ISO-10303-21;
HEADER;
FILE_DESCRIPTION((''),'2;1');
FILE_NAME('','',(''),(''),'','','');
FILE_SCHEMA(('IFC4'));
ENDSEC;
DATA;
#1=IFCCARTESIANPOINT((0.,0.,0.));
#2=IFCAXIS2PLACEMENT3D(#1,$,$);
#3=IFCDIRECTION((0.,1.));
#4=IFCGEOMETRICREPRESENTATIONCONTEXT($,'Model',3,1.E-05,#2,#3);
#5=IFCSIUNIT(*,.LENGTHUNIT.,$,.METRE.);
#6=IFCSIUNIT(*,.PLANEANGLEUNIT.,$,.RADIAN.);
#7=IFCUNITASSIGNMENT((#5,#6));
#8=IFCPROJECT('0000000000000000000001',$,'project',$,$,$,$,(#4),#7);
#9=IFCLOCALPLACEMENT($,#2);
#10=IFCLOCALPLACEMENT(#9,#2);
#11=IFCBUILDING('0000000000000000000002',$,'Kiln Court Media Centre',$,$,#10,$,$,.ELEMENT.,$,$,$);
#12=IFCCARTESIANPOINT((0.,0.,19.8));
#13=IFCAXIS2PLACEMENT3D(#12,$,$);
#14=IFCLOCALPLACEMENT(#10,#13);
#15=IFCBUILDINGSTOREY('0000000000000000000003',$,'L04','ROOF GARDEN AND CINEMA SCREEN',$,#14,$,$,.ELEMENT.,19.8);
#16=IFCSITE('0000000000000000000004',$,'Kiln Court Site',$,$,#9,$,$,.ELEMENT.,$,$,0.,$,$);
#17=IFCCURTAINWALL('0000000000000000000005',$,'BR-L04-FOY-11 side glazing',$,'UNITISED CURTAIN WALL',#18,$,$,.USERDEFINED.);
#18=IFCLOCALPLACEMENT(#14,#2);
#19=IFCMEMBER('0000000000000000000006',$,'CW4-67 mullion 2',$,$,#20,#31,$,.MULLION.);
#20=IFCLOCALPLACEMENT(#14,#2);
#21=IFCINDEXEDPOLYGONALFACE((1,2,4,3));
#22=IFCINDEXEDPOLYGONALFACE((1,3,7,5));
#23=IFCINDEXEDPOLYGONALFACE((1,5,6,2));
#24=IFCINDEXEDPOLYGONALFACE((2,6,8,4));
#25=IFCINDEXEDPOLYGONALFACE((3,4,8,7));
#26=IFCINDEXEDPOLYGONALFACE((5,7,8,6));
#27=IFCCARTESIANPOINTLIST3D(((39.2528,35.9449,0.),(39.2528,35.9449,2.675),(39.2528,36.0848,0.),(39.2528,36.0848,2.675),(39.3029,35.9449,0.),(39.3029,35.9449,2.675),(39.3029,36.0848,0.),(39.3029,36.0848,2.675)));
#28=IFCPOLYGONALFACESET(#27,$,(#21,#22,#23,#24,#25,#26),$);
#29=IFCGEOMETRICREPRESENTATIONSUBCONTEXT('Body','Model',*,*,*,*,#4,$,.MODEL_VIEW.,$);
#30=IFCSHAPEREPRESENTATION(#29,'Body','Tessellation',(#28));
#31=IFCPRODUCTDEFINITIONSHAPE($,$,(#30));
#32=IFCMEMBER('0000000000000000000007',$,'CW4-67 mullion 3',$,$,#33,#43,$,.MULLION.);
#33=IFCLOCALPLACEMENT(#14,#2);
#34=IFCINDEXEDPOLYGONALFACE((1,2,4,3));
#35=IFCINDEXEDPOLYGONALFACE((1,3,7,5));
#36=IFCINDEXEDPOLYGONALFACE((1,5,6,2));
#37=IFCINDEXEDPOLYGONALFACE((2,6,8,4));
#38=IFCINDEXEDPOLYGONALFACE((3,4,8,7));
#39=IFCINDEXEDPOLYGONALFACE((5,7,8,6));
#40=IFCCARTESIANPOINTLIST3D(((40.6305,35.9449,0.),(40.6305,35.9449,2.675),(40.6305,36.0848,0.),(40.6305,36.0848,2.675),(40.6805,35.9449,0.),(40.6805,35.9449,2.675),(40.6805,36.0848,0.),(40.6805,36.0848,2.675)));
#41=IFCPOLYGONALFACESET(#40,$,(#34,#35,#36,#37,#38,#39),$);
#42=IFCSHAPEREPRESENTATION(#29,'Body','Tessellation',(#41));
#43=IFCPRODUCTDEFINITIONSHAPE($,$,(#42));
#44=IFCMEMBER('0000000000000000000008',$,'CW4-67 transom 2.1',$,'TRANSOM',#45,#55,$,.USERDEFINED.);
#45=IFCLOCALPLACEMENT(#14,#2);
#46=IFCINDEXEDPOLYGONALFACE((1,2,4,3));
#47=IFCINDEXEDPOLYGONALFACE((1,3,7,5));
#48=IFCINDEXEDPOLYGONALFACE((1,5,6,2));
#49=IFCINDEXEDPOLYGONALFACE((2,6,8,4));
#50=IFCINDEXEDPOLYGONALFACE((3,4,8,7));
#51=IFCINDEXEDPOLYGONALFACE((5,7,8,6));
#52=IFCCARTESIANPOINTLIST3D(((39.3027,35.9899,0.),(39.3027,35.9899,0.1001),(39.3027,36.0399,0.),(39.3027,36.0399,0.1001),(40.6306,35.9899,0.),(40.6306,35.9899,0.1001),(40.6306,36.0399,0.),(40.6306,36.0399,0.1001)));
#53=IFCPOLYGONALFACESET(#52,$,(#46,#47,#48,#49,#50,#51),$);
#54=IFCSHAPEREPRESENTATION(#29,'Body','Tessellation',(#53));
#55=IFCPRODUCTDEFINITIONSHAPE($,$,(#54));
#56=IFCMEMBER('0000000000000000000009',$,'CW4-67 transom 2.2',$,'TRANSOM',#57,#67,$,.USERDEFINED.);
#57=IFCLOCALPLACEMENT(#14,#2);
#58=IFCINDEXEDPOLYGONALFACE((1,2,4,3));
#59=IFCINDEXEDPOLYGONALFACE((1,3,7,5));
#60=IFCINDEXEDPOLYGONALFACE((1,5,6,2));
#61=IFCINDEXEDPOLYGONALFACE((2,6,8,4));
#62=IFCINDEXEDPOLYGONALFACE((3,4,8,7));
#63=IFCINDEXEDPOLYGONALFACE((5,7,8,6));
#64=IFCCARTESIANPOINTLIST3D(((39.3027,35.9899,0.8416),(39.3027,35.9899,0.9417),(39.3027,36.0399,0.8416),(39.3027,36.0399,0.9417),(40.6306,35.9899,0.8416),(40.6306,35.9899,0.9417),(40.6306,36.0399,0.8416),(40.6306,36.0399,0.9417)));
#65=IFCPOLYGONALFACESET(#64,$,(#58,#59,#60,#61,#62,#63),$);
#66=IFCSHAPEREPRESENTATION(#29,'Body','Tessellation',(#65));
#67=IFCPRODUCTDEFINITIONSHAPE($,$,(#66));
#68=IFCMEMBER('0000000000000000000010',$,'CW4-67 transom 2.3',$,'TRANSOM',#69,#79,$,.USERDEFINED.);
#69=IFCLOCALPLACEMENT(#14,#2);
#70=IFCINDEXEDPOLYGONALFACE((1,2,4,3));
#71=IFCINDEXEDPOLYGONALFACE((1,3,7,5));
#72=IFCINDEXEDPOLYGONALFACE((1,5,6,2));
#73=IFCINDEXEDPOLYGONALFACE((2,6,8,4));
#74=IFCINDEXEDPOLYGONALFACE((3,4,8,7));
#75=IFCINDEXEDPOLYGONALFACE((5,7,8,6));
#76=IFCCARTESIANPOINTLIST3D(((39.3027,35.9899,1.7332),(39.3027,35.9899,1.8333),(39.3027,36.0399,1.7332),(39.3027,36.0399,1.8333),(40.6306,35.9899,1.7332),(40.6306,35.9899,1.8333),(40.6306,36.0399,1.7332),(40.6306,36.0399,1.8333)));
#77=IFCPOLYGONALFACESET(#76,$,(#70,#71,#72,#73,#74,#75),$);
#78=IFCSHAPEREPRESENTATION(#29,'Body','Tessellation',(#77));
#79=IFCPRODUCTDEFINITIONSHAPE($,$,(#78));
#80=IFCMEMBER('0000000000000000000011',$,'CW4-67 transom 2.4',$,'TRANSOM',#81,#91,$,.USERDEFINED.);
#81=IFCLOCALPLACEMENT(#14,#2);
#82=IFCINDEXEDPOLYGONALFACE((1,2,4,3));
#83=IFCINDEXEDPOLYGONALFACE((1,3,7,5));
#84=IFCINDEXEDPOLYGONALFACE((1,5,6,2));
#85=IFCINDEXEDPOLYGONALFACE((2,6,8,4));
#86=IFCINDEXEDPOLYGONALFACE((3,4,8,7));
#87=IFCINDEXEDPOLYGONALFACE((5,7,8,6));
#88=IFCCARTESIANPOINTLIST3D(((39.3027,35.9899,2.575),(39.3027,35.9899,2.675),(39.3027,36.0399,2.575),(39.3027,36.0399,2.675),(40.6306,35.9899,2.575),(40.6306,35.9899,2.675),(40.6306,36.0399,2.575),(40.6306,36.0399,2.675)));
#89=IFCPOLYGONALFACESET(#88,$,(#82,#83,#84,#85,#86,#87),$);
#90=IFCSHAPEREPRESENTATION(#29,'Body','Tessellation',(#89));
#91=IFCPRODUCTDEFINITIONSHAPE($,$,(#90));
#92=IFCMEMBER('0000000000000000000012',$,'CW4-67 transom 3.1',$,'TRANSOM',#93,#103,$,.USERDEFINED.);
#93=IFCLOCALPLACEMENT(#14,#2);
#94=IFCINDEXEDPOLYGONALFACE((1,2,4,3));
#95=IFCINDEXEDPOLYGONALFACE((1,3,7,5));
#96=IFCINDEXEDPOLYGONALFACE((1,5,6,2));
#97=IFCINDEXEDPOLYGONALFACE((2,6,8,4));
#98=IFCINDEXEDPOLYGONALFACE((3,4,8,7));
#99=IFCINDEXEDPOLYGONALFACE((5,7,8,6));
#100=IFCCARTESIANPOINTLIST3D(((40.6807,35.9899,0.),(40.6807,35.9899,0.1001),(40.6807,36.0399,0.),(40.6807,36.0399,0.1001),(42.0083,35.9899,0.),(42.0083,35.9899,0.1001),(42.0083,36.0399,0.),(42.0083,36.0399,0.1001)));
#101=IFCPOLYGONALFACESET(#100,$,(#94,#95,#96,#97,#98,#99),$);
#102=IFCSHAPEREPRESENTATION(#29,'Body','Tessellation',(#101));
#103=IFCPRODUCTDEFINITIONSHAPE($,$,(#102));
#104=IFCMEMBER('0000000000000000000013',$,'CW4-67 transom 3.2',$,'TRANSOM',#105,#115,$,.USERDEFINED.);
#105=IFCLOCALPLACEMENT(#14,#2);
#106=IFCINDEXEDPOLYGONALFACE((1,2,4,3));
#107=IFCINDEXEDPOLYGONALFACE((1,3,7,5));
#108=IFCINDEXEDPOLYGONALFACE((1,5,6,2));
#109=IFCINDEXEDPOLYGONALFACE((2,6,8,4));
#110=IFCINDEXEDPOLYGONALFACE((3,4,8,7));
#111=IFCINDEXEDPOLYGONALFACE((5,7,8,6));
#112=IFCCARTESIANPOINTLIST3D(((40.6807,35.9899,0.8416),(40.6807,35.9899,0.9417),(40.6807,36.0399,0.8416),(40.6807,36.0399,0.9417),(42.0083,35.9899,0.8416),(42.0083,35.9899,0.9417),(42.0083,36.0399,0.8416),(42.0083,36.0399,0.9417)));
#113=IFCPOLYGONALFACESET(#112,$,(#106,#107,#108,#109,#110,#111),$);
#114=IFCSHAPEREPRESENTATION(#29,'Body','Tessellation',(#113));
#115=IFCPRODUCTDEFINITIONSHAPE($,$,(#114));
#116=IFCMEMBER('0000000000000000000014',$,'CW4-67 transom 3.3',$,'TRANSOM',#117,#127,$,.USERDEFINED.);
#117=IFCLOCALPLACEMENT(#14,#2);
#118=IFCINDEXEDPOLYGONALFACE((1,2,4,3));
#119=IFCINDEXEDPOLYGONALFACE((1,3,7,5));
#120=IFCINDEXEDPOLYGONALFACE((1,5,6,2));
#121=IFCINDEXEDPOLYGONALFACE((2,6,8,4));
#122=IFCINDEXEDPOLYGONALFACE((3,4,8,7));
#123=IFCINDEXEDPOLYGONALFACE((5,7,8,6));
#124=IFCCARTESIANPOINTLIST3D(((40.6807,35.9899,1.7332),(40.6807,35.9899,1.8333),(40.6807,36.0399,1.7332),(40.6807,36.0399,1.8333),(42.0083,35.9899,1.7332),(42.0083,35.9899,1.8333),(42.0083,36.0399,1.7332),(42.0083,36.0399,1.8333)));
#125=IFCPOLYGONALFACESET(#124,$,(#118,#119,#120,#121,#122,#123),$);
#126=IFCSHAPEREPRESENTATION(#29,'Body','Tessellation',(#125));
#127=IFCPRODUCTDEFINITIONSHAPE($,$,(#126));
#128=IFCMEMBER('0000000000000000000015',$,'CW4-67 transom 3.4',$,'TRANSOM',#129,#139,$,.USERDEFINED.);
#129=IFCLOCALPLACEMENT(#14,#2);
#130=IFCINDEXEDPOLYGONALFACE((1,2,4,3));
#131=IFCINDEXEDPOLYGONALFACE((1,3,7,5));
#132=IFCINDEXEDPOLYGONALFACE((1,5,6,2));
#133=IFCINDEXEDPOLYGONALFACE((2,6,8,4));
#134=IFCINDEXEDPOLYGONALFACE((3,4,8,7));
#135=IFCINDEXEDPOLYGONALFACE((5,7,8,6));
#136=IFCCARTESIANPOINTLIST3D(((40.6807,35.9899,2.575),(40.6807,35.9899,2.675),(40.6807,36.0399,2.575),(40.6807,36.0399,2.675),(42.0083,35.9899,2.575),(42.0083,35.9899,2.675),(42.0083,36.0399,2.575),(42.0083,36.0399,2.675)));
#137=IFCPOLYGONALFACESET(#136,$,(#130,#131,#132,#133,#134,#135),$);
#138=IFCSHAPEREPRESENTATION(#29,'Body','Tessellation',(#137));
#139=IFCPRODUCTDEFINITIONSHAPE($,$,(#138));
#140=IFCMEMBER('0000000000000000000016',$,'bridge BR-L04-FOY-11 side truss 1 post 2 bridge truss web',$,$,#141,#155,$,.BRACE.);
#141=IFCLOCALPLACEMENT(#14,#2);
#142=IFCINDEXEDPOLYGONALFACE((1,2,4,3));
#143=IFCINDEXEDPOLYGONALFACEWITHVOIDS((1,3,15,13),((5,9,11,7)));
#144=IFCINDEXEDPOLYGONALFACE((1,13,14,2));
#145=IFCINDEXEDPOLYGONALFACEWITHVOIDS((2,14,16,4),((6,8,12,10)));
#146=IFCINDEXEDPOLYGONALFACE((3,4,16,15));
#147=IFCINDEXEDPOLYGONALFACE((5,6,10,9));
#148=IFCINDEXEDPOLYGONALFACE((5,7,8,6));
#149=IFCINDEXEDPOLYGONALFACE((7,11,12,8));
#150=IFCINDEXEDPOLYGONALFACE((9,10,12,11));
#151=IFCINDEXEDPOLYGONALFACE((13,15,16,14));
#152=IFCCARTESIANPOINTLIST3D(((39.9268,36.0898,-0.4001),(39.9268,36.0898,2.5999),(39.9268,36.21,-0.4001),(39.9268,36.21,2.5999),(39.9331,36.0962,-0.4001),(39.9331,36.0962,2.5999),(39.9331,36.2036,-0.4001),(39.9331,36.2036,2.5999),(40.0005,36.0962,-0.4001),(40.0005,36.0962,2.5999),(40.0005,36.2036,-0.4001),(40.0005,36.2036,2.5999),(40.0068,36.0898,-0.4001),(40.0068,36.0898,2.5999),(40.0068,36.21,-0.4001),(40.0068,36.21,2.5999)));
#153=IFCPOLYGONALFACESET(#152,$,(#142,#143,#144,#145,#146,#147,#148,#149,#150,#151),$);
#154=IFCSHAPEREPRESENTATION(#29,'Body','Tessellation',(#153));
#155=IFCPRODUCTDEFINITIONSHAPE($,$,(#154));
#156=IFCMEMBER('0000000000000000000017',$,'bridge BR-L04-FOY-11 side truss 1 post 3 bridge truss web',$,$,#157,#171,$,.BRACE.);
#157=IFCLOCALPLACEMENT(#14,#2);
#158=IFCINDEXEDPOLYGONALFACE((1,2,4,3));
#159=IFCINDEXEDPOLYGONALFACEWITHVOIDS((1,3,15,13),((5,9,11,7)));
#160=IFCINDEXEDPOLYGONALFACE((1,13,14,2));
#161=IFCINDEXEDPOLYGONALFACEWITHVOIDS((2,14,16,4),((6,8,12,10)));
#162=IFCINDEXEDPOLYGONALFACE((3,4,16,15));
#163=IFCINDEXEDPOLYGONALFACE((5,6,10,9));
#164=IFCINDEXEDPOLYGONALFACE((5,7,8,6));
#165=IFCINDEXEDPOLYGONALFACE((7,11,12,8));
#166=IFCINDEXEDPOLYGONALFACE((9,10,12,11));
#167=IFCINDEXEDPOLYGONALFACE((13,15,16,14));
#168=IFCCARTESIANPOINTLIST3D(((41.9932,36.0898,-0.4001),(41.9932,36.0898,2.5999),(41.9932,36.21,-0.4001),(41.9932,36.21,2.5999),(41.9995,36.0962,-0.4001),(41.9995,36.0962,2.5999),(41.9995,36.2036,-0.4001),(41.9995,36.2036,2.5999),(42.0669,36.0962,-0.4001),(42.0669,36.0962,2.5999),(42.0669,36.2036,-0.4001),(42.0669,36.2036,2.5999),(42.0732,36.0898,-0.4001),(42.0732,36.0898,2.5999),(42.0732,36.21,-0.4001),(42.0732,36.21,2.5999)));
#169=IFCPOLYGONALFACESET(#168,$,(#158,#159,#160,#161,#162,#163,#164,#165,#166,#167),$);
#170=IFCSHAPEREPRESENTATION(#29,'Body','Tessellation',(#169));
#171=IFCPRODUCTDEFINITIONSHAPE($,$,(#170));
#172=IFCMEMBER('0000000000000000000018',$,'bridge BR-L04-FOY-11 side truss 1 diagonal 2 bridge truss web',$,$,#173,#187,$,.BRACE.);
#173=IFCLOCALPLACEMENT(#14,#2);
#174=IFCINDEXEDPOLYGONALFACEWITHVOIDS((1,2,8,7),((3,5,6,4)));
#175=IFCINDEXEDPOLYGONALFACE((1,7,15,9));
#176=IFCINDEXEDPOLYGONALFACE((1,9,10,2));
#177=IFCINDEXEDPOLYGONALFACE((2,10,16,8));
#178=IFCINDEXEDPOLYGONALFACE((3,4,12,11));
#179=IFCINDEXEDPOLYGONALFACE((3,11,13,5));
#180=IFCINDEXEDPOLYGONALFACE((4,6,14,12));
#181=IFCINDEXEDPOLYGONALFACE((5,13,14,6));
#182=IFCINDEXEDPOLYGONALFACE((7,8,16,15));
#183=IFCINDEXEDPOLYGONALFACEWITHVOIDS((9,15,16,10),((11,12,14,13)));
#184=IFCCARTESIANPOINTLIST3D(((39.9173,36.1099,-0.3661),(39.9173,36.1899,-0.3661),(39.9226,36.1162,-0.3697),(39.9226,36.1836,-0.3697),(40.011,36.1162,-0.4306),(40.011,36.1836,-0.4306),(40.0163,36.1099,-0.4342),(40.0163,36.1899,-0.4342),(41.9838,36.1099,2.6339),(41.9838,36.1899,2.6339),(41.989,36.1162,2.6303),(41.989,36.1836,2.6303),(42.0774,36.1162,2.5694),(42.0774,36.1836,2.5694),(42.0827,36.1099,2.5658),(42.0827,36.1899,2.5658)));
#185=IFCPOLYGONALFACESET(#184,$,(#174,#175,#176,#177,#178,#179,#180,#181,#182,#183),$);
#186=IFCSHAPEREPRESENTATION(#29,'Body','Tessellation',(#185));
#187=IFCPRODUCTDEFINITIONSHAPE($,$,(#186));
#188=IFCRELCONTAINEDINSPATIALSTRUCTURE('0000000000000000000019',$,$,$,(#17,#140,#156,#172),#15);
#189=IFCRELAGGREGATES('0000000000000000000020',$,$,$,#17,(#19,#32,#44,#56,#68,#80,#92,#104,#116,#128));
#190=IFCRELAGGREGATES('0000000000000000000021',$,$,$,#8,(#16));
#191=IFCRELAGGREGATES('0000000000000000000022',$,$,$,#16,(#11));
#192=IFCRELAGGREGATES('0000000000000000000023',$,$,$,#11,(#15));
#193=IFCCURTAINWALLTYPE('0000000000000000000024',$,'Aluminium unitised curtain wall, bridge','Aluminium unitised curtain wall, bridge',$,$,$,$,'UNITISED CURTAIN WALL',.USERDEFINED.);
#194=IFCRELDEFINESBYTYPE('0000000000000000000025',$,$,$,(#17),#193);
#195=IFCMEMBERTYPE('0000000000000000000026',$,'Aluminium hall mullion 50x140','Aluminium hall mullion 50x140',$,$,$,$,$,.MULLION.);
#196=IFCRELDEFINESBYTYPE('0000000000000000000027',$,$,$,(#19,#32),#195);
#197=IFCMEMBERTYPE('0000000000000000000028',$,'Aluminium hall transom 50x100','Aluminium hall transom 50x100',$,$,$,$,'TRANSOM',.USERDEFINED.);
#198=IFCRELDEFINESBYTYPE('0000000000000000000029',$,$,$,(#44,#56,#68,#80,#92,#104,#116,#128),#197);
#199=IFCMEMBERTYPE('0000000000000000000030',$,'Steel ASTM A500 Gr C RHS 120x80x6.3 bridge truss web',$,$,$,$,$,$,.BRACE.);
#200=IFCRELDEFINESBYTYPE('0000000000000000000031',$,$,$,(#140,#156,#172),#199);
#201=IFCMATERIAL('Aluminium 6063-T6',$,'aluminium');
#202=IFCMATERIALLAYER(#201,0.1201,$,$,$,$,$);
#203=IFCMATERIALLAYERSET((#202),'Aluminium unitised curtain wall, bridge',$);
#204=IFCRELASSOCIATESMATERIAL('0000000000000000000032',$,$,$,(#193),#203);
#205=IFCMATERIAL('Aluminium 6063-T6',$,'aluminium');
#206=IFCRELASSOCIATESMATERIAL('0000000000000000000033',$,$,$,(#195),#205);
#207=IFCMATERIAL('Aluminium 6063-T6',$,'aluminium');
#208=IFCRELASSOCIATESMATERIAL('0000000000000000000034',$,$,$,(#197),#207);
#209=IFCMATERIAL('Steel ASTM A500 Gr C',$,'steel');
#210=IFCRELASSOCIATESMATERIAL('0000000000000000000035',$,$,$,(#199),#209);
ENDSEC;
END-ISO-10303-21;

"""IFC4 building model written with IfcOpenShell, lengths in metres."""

from ifc_helpers import new_model, si_unit, direction, frame, origin, origin_2d, place, context, subcontext, project, spatial, rectangle, hollow_rectangle, extrude, material, layer, layer_set, material_profile, profile_set, type_object, element, aggregate, save


model = new_model("IFC4")

# Units and contexts
model_context = context("Model", 3, precision=1e-05, world=origin(), true_north=direction((0.0, 1.0)))
body_context = subcontext(model_context, "Body", "Model", "MODEL_VIEW")
ifc_project = project(units=[si_unit("LENGTHUNIT", "METRE"), si_unit("PLANEANGLEUNIT", "RADIAN")], contexts=[model_context])

# Site, building, storey
site_placement = place(None, origin())
site = spatial("IfcSite", under=ifc_project, at=site_placement, Name="Kiln Court Site", CompositionType="ELEMENT", RefElevation=0.0)
building_placement = place(site_placement, origin())
building = spatial("IfcBuilding", under=site, at=building_placement, Name="Kiln Court Media Centre", CompositionType="ELEMENT")
storey_placement = place(building_placement, frame((0.0, 0.0, 19.8)))
storey = spatial("IfcBuildingStorey", under=building, at=storey_placement, Name="L04", Description="ROOF GARDEN AND CINEMA SCREEN", CompositionType="ELEMENT", Elevation=19.8)

# Curtain wall, members
ifc_material_1 = material(Name="Aluminium 6063-T6", Category="aluminium")
ifc_layer_1 = layer(ifc_material_1, 0.1201)
ifc_layer_set_1 = layer_set([ifc_layer_1], Name="Aluminium unitised curtain wall, bridge")
curtain_wall_type = type_object("IfcCurtainWallType", Name="Aluminium unitised curtain wall, bridge", Description="Aluminium unitised curtain wall, bridge", ElementType="UNITISED CURTAIN WALL", PredefinedType="USERDEFINED", material=ifc_layer_set_1)
curtain_wall_placement = place(storey_placement, origin())
curtain_wall = element("IfcCurtainWall", 1, at=curtain_wall_placement, inside=storey, type_object=curtain_wall_type, Name="BR-L04-FOY-11 side glazing", ObjectType="UNITISED CURTAIN WALL", PredefinedType="USERDEFINED")
ifc_material_2 = material(Name="Aluminium 6063-T6", Category="aluminium")
ifc_material_profile_1 = material_profile(ifc_material_2, rectangle(XDim=0.05, YDim=0.1399, at=origin_2d()), Name="Aluminium hall mullion 50x140")
ifc_profile_set_1 = profile_set([ifc_material_profile_1], Name="Aluminium 6063-T6")
member_type_1 = type_object("IfcMemberType", Name="Aluminium hall mullion 50x140", Description="Aluminium hall mullion 50x140", PredefinedType="MULLION", material=ifc_profile_set_1)
member_1_placement = place(storey_placement, frame((39.2778, 36.0149, 0.0), z_axis=(0.0, 0.0, 1.0), x_axis=(1.0, 0.0, 0.0)))
member_1 = element("IfcMember", 2, at=member_1_placement, type_object=member_type_1, Name="CW4-67 mullion 2", PredefinedType="MULLION", context=body_context, shape_type="SweptSolid", body=[
    extrude(rectangle(XDim=0.05, YDim=0.1399, at=origin_2d()), origin(), (0.0, 0.0, 1.0), 2.675),
])
member_2_placement = place(storey_placement, frame((40.6555, 36.0149, 0.0), z_axis=(0.0, 0.0, 1.0), x_axis=(1.0, 0.0, 0.0)))
member_2 = element("IfcMember", 3, at=member_2_placement, type_object=member_type_1, Name="CW4-67 mullion 3", PredefinedType="MULLION", context=body_context, shape_type="SweptSolid", body=[
    extrude(rectangle(XDim=0.05, YDim=0.1399, at=origin_2d()), origin(), (0.0, 0.0, 1.0), 2.675),
])
ifc_material_3 = material(Name="Aluminium 6063-T6", Category="aluminium")
ifc_material_profile_2 = material_profile(ifc_material_3, rectangle(XDim=0.05, YDim=0.1001, at=origin_2d()), Name="Aluminium hall transom 50x100")
ifc_profile_set_2 = profile_set([ifc_material_profile_2], Name="Aluminium 6063-T6")
member_type_2 = type_object("IfcMemberType", Name="Aluminium hall transom 50x100", Description="Aluminium hall transom 50x100", ElementType="TRANSOM", PredefinedType="USERDEFINED", material=ifc_profile_set_2)
member_3_placement = place(storey_placement, frame((39.3027, 36.0149, 0.05), z_axis=(1.0, 0.0, 0.0), x_axis=(0.0, 1.0, 0.0)))
member_3 = element("IfcMember", 4, at=member_3_placement, type_object=member_type_2, Name="CW4-67 transom 2.1", ObjectType="TRANSOM", PredefinedType="USERDEFINED", context=body_context, shape_type="SweptSolid", body=[
    extrude(rectangle(XDim=0.05, YDim=0.1001, at=origin_2d()), origin(), (0.0, 0.0, 1.0), 1.3279),
])
member_4_placement = place(storey_placement, frame((39.3027, 36.0149, 0.8916), z_axis=(1.0, 0.0, 0.0), x_axis=(0.0, 1.0, 0.0)))
member_4 = element("IfcMember", 5, at=member_4_placement, type_object=member_type_2, Name="CW4-67 transom 2.2", ObjectType="TRANSOM", PredefinedType="USERDEFINED", context=body_context, shape_type="SweptSolid", body=[
    extrude(rectangle(XDim=0.05, YDim=0.1001, at=origin_2d()), origin(), (0.0, 0.0, 1.0), 1.3279),
])
member_5_placement = place(storey_placement, frame((39.3027, 36.0149, 1.7832), z_axis=(1.0, 0.0, 0.0), x_axis=(0.0, 1.0, 0.0)))
member_5 = element("IfcMember", 6, at=member_5_placement, type_object=member_type_2, Name="CW4-67 transom 2.3", ObjectType="TRANSOM", PredefinedType="USERDEFINED", context=body_context, shape_type="SweptSolid", body=[
    extrude(rectangle(XDim=0.05, YDim=0.1001, at=origin_2d()), origin(), (0.0, 0.0, 1.0), 1.3279),
])
member_6_placement = place(storey_placement, frame((39.3027, 36.0149, 2.625), z_axis=(1.0, 0.0, 0.0), x_axis=(0.0, 1.0, 0.0)))
member_6 = element("IfcMember", 7, at=member_6_placement, type_object=member_type_2, Name="CW4-67 transom 2.4", ObjectType="TRANSOM", PredefinedType="USERDEFINED", context=body_context, shape_type="SweptSolid", body=[
    extrude(rectangle(XDim=0.05, YDim=0.1001, at=origin_2d()), origin(), (0.0, 0.0, 1.0), 1.3279),
])
member_7_placement = place(storey_placement, frame((40.6807, 36.0149, 0.05), z_axis=(1.0, 0.0, 0.0), x_axis=(0.0, 1.0, 0.0)))
member_7 = element("IfcMember", 8, at=member_7_placement, type_object=member_type_2, Name="CW4-67 transom 3.1", ObjectType="TRANSOM", PredefinedType="USERDEFINED", context=body_context, shape_type="SweptSolid", body=[
    extrude(rectangle(XDim=0.05, YDim=0.1001, at=origin_2d()), origin(), (0.0, 0.0, 1.0), 1.3276),
])
member_8_placement = place(storey_placement, frame((40.6807, 36.0149, 0.8916), z_axis=(1.0, 0.0, 0.0), x_axis=(0.0, 1.0, 0.0)))
member_8 = element("IfcMember", 9, at=member_8_placement, type_object=member_type_2, Name="CW4-67 transom 3.2", ObjectType="TRANSOM", PredefinedType="USERDEFINED", context=body_context, shape_type="SweptSolid", body=[
    extrude(rectangle(XDim=0.05, YDim=0.1001, at=origin_2d()), origin(), (0.0, 0.0, 1.0), 1.3276),
])
member_9_placement = place(storey_placement, frame((40.6807, 36.0149, 1.7832), z_axis=(1.0, 0.0, 0.0), x_axis=(0.0, 1.0, 0.0)))
member_9 = element("IfcMember", 10, at=member_9_placement, type_object=member_type_2, Name="CW4-67 transom 3.3", ObjectType="TRANSOM", PredefinedType="USERDEFINED", context=body_context, shape_type="SweptSolid", body=[
    extrude(rectangle(XDim=0.05, YDim=0.1001, at=origin_2d()), origin(), (0.0, 0.0, 1.0), 1.3276),
])
member_10_placement = place(storey_placement, frame((40.6807, 36.0149, 2.625), z_axis=(1.0, 0.0, 0.0), x_axis=(0.0, 1.0, 0.0)))
member_10 = element("IfcMember", 11, at=member_10_placement, type_object=member_type_2, Name="CW4-67 transom 3.4", ObjectType="TRANSOM", PredefinedType="USERDEFINED", context=body_context, shape_type="SweptSolid", body=[
    extrude(rectangle(XDim=0.05, YDim=0.1001, at=origin_2d()), origin(), (0.0, 0.0, 1.0), 1.3276),
])

# Members
ifc_material_4 = material(Name="Steel ASTM A500 Gr C", Category="steel")
ifc_material_profile_3 = material_profile(ifc_material_4, hollow_rectangle(XDim=0.0801, YDim=0.1201, WallThickness=0.0063, at=origin_2d()), Name="RHS 120x80x6.3")
ifc_profile_set_3 = profile_set([ifc_material_profile_3], Name="Steel ASTM A500 Gr C")
member_type_3 = type_object("IfcMemberType", Name="Steel ASTM A500 Gr C RHS 120x80x6.3 bridge truss web", PredefinedType="BRACE", material=ifc_profile_set_3)
for number, where, z_axis, x_axis, name in (
    (12, (39.9668, 36.1499, -0.4001), (0.0, 0.0, 1.0), (1.0, 0.0, 0.0), "bridge BR-L04-FOY-11 side truss 1 post 2 bridge truss web"),
    (13, (42.0332, 36.1499, -0.4001), (0.0, 0.0, 1.0), (1.0, 0.0, 0.0), "bridge BR-L04-FOY-11 side truss 1 post 3 bridge truss web"),
):
    element("IfcMember", number, at=place(storey_placement, frame(where, z_axis=z_axis, x_axis=x_axis)), inside=storey, type_object=member_type_3, Name=name, PredefinedType="BRACE", context=body_context, shape_type="SweptSolid", body=[
        extrude(hollow_rectangle(XDim=0.0801, YDim=0.1201, WallThickness=0.0063, at=origin_2d()), origin(), (0.0, 0.0, 1.0), 3.0),
    ])
member_11_placement = place(storey_placement, frame((39.9668, 36.1499, -0.4001), z_axis=(0.567257, 0.0, 0.823541), x_axis=(0.0, 1.0, 0.0)))
element("IfcMember", 14, at=member_11_placement, inside=storey, type_object=member_type_3, Name="bridge BR-L04-FOY-11 side truss 1 diagonal 2 bridge truss web", PredefinedType="BRACE", context=body_context, shape_type="SweptSolid", body=[
    extrude(hollow_rectangle(XDim=0.0801, YDim=0.1201, WallThickness=0.0063, at=origin_2d()), origin(), (0.0, 0.0, 1.0), 3.6428),
])

aggregate(curtain_wall, [member_1, member_2, member_3, member_4, member_5, member_6, member_7, member_8, member_9, member_10])

save(model, "model.ifc")
